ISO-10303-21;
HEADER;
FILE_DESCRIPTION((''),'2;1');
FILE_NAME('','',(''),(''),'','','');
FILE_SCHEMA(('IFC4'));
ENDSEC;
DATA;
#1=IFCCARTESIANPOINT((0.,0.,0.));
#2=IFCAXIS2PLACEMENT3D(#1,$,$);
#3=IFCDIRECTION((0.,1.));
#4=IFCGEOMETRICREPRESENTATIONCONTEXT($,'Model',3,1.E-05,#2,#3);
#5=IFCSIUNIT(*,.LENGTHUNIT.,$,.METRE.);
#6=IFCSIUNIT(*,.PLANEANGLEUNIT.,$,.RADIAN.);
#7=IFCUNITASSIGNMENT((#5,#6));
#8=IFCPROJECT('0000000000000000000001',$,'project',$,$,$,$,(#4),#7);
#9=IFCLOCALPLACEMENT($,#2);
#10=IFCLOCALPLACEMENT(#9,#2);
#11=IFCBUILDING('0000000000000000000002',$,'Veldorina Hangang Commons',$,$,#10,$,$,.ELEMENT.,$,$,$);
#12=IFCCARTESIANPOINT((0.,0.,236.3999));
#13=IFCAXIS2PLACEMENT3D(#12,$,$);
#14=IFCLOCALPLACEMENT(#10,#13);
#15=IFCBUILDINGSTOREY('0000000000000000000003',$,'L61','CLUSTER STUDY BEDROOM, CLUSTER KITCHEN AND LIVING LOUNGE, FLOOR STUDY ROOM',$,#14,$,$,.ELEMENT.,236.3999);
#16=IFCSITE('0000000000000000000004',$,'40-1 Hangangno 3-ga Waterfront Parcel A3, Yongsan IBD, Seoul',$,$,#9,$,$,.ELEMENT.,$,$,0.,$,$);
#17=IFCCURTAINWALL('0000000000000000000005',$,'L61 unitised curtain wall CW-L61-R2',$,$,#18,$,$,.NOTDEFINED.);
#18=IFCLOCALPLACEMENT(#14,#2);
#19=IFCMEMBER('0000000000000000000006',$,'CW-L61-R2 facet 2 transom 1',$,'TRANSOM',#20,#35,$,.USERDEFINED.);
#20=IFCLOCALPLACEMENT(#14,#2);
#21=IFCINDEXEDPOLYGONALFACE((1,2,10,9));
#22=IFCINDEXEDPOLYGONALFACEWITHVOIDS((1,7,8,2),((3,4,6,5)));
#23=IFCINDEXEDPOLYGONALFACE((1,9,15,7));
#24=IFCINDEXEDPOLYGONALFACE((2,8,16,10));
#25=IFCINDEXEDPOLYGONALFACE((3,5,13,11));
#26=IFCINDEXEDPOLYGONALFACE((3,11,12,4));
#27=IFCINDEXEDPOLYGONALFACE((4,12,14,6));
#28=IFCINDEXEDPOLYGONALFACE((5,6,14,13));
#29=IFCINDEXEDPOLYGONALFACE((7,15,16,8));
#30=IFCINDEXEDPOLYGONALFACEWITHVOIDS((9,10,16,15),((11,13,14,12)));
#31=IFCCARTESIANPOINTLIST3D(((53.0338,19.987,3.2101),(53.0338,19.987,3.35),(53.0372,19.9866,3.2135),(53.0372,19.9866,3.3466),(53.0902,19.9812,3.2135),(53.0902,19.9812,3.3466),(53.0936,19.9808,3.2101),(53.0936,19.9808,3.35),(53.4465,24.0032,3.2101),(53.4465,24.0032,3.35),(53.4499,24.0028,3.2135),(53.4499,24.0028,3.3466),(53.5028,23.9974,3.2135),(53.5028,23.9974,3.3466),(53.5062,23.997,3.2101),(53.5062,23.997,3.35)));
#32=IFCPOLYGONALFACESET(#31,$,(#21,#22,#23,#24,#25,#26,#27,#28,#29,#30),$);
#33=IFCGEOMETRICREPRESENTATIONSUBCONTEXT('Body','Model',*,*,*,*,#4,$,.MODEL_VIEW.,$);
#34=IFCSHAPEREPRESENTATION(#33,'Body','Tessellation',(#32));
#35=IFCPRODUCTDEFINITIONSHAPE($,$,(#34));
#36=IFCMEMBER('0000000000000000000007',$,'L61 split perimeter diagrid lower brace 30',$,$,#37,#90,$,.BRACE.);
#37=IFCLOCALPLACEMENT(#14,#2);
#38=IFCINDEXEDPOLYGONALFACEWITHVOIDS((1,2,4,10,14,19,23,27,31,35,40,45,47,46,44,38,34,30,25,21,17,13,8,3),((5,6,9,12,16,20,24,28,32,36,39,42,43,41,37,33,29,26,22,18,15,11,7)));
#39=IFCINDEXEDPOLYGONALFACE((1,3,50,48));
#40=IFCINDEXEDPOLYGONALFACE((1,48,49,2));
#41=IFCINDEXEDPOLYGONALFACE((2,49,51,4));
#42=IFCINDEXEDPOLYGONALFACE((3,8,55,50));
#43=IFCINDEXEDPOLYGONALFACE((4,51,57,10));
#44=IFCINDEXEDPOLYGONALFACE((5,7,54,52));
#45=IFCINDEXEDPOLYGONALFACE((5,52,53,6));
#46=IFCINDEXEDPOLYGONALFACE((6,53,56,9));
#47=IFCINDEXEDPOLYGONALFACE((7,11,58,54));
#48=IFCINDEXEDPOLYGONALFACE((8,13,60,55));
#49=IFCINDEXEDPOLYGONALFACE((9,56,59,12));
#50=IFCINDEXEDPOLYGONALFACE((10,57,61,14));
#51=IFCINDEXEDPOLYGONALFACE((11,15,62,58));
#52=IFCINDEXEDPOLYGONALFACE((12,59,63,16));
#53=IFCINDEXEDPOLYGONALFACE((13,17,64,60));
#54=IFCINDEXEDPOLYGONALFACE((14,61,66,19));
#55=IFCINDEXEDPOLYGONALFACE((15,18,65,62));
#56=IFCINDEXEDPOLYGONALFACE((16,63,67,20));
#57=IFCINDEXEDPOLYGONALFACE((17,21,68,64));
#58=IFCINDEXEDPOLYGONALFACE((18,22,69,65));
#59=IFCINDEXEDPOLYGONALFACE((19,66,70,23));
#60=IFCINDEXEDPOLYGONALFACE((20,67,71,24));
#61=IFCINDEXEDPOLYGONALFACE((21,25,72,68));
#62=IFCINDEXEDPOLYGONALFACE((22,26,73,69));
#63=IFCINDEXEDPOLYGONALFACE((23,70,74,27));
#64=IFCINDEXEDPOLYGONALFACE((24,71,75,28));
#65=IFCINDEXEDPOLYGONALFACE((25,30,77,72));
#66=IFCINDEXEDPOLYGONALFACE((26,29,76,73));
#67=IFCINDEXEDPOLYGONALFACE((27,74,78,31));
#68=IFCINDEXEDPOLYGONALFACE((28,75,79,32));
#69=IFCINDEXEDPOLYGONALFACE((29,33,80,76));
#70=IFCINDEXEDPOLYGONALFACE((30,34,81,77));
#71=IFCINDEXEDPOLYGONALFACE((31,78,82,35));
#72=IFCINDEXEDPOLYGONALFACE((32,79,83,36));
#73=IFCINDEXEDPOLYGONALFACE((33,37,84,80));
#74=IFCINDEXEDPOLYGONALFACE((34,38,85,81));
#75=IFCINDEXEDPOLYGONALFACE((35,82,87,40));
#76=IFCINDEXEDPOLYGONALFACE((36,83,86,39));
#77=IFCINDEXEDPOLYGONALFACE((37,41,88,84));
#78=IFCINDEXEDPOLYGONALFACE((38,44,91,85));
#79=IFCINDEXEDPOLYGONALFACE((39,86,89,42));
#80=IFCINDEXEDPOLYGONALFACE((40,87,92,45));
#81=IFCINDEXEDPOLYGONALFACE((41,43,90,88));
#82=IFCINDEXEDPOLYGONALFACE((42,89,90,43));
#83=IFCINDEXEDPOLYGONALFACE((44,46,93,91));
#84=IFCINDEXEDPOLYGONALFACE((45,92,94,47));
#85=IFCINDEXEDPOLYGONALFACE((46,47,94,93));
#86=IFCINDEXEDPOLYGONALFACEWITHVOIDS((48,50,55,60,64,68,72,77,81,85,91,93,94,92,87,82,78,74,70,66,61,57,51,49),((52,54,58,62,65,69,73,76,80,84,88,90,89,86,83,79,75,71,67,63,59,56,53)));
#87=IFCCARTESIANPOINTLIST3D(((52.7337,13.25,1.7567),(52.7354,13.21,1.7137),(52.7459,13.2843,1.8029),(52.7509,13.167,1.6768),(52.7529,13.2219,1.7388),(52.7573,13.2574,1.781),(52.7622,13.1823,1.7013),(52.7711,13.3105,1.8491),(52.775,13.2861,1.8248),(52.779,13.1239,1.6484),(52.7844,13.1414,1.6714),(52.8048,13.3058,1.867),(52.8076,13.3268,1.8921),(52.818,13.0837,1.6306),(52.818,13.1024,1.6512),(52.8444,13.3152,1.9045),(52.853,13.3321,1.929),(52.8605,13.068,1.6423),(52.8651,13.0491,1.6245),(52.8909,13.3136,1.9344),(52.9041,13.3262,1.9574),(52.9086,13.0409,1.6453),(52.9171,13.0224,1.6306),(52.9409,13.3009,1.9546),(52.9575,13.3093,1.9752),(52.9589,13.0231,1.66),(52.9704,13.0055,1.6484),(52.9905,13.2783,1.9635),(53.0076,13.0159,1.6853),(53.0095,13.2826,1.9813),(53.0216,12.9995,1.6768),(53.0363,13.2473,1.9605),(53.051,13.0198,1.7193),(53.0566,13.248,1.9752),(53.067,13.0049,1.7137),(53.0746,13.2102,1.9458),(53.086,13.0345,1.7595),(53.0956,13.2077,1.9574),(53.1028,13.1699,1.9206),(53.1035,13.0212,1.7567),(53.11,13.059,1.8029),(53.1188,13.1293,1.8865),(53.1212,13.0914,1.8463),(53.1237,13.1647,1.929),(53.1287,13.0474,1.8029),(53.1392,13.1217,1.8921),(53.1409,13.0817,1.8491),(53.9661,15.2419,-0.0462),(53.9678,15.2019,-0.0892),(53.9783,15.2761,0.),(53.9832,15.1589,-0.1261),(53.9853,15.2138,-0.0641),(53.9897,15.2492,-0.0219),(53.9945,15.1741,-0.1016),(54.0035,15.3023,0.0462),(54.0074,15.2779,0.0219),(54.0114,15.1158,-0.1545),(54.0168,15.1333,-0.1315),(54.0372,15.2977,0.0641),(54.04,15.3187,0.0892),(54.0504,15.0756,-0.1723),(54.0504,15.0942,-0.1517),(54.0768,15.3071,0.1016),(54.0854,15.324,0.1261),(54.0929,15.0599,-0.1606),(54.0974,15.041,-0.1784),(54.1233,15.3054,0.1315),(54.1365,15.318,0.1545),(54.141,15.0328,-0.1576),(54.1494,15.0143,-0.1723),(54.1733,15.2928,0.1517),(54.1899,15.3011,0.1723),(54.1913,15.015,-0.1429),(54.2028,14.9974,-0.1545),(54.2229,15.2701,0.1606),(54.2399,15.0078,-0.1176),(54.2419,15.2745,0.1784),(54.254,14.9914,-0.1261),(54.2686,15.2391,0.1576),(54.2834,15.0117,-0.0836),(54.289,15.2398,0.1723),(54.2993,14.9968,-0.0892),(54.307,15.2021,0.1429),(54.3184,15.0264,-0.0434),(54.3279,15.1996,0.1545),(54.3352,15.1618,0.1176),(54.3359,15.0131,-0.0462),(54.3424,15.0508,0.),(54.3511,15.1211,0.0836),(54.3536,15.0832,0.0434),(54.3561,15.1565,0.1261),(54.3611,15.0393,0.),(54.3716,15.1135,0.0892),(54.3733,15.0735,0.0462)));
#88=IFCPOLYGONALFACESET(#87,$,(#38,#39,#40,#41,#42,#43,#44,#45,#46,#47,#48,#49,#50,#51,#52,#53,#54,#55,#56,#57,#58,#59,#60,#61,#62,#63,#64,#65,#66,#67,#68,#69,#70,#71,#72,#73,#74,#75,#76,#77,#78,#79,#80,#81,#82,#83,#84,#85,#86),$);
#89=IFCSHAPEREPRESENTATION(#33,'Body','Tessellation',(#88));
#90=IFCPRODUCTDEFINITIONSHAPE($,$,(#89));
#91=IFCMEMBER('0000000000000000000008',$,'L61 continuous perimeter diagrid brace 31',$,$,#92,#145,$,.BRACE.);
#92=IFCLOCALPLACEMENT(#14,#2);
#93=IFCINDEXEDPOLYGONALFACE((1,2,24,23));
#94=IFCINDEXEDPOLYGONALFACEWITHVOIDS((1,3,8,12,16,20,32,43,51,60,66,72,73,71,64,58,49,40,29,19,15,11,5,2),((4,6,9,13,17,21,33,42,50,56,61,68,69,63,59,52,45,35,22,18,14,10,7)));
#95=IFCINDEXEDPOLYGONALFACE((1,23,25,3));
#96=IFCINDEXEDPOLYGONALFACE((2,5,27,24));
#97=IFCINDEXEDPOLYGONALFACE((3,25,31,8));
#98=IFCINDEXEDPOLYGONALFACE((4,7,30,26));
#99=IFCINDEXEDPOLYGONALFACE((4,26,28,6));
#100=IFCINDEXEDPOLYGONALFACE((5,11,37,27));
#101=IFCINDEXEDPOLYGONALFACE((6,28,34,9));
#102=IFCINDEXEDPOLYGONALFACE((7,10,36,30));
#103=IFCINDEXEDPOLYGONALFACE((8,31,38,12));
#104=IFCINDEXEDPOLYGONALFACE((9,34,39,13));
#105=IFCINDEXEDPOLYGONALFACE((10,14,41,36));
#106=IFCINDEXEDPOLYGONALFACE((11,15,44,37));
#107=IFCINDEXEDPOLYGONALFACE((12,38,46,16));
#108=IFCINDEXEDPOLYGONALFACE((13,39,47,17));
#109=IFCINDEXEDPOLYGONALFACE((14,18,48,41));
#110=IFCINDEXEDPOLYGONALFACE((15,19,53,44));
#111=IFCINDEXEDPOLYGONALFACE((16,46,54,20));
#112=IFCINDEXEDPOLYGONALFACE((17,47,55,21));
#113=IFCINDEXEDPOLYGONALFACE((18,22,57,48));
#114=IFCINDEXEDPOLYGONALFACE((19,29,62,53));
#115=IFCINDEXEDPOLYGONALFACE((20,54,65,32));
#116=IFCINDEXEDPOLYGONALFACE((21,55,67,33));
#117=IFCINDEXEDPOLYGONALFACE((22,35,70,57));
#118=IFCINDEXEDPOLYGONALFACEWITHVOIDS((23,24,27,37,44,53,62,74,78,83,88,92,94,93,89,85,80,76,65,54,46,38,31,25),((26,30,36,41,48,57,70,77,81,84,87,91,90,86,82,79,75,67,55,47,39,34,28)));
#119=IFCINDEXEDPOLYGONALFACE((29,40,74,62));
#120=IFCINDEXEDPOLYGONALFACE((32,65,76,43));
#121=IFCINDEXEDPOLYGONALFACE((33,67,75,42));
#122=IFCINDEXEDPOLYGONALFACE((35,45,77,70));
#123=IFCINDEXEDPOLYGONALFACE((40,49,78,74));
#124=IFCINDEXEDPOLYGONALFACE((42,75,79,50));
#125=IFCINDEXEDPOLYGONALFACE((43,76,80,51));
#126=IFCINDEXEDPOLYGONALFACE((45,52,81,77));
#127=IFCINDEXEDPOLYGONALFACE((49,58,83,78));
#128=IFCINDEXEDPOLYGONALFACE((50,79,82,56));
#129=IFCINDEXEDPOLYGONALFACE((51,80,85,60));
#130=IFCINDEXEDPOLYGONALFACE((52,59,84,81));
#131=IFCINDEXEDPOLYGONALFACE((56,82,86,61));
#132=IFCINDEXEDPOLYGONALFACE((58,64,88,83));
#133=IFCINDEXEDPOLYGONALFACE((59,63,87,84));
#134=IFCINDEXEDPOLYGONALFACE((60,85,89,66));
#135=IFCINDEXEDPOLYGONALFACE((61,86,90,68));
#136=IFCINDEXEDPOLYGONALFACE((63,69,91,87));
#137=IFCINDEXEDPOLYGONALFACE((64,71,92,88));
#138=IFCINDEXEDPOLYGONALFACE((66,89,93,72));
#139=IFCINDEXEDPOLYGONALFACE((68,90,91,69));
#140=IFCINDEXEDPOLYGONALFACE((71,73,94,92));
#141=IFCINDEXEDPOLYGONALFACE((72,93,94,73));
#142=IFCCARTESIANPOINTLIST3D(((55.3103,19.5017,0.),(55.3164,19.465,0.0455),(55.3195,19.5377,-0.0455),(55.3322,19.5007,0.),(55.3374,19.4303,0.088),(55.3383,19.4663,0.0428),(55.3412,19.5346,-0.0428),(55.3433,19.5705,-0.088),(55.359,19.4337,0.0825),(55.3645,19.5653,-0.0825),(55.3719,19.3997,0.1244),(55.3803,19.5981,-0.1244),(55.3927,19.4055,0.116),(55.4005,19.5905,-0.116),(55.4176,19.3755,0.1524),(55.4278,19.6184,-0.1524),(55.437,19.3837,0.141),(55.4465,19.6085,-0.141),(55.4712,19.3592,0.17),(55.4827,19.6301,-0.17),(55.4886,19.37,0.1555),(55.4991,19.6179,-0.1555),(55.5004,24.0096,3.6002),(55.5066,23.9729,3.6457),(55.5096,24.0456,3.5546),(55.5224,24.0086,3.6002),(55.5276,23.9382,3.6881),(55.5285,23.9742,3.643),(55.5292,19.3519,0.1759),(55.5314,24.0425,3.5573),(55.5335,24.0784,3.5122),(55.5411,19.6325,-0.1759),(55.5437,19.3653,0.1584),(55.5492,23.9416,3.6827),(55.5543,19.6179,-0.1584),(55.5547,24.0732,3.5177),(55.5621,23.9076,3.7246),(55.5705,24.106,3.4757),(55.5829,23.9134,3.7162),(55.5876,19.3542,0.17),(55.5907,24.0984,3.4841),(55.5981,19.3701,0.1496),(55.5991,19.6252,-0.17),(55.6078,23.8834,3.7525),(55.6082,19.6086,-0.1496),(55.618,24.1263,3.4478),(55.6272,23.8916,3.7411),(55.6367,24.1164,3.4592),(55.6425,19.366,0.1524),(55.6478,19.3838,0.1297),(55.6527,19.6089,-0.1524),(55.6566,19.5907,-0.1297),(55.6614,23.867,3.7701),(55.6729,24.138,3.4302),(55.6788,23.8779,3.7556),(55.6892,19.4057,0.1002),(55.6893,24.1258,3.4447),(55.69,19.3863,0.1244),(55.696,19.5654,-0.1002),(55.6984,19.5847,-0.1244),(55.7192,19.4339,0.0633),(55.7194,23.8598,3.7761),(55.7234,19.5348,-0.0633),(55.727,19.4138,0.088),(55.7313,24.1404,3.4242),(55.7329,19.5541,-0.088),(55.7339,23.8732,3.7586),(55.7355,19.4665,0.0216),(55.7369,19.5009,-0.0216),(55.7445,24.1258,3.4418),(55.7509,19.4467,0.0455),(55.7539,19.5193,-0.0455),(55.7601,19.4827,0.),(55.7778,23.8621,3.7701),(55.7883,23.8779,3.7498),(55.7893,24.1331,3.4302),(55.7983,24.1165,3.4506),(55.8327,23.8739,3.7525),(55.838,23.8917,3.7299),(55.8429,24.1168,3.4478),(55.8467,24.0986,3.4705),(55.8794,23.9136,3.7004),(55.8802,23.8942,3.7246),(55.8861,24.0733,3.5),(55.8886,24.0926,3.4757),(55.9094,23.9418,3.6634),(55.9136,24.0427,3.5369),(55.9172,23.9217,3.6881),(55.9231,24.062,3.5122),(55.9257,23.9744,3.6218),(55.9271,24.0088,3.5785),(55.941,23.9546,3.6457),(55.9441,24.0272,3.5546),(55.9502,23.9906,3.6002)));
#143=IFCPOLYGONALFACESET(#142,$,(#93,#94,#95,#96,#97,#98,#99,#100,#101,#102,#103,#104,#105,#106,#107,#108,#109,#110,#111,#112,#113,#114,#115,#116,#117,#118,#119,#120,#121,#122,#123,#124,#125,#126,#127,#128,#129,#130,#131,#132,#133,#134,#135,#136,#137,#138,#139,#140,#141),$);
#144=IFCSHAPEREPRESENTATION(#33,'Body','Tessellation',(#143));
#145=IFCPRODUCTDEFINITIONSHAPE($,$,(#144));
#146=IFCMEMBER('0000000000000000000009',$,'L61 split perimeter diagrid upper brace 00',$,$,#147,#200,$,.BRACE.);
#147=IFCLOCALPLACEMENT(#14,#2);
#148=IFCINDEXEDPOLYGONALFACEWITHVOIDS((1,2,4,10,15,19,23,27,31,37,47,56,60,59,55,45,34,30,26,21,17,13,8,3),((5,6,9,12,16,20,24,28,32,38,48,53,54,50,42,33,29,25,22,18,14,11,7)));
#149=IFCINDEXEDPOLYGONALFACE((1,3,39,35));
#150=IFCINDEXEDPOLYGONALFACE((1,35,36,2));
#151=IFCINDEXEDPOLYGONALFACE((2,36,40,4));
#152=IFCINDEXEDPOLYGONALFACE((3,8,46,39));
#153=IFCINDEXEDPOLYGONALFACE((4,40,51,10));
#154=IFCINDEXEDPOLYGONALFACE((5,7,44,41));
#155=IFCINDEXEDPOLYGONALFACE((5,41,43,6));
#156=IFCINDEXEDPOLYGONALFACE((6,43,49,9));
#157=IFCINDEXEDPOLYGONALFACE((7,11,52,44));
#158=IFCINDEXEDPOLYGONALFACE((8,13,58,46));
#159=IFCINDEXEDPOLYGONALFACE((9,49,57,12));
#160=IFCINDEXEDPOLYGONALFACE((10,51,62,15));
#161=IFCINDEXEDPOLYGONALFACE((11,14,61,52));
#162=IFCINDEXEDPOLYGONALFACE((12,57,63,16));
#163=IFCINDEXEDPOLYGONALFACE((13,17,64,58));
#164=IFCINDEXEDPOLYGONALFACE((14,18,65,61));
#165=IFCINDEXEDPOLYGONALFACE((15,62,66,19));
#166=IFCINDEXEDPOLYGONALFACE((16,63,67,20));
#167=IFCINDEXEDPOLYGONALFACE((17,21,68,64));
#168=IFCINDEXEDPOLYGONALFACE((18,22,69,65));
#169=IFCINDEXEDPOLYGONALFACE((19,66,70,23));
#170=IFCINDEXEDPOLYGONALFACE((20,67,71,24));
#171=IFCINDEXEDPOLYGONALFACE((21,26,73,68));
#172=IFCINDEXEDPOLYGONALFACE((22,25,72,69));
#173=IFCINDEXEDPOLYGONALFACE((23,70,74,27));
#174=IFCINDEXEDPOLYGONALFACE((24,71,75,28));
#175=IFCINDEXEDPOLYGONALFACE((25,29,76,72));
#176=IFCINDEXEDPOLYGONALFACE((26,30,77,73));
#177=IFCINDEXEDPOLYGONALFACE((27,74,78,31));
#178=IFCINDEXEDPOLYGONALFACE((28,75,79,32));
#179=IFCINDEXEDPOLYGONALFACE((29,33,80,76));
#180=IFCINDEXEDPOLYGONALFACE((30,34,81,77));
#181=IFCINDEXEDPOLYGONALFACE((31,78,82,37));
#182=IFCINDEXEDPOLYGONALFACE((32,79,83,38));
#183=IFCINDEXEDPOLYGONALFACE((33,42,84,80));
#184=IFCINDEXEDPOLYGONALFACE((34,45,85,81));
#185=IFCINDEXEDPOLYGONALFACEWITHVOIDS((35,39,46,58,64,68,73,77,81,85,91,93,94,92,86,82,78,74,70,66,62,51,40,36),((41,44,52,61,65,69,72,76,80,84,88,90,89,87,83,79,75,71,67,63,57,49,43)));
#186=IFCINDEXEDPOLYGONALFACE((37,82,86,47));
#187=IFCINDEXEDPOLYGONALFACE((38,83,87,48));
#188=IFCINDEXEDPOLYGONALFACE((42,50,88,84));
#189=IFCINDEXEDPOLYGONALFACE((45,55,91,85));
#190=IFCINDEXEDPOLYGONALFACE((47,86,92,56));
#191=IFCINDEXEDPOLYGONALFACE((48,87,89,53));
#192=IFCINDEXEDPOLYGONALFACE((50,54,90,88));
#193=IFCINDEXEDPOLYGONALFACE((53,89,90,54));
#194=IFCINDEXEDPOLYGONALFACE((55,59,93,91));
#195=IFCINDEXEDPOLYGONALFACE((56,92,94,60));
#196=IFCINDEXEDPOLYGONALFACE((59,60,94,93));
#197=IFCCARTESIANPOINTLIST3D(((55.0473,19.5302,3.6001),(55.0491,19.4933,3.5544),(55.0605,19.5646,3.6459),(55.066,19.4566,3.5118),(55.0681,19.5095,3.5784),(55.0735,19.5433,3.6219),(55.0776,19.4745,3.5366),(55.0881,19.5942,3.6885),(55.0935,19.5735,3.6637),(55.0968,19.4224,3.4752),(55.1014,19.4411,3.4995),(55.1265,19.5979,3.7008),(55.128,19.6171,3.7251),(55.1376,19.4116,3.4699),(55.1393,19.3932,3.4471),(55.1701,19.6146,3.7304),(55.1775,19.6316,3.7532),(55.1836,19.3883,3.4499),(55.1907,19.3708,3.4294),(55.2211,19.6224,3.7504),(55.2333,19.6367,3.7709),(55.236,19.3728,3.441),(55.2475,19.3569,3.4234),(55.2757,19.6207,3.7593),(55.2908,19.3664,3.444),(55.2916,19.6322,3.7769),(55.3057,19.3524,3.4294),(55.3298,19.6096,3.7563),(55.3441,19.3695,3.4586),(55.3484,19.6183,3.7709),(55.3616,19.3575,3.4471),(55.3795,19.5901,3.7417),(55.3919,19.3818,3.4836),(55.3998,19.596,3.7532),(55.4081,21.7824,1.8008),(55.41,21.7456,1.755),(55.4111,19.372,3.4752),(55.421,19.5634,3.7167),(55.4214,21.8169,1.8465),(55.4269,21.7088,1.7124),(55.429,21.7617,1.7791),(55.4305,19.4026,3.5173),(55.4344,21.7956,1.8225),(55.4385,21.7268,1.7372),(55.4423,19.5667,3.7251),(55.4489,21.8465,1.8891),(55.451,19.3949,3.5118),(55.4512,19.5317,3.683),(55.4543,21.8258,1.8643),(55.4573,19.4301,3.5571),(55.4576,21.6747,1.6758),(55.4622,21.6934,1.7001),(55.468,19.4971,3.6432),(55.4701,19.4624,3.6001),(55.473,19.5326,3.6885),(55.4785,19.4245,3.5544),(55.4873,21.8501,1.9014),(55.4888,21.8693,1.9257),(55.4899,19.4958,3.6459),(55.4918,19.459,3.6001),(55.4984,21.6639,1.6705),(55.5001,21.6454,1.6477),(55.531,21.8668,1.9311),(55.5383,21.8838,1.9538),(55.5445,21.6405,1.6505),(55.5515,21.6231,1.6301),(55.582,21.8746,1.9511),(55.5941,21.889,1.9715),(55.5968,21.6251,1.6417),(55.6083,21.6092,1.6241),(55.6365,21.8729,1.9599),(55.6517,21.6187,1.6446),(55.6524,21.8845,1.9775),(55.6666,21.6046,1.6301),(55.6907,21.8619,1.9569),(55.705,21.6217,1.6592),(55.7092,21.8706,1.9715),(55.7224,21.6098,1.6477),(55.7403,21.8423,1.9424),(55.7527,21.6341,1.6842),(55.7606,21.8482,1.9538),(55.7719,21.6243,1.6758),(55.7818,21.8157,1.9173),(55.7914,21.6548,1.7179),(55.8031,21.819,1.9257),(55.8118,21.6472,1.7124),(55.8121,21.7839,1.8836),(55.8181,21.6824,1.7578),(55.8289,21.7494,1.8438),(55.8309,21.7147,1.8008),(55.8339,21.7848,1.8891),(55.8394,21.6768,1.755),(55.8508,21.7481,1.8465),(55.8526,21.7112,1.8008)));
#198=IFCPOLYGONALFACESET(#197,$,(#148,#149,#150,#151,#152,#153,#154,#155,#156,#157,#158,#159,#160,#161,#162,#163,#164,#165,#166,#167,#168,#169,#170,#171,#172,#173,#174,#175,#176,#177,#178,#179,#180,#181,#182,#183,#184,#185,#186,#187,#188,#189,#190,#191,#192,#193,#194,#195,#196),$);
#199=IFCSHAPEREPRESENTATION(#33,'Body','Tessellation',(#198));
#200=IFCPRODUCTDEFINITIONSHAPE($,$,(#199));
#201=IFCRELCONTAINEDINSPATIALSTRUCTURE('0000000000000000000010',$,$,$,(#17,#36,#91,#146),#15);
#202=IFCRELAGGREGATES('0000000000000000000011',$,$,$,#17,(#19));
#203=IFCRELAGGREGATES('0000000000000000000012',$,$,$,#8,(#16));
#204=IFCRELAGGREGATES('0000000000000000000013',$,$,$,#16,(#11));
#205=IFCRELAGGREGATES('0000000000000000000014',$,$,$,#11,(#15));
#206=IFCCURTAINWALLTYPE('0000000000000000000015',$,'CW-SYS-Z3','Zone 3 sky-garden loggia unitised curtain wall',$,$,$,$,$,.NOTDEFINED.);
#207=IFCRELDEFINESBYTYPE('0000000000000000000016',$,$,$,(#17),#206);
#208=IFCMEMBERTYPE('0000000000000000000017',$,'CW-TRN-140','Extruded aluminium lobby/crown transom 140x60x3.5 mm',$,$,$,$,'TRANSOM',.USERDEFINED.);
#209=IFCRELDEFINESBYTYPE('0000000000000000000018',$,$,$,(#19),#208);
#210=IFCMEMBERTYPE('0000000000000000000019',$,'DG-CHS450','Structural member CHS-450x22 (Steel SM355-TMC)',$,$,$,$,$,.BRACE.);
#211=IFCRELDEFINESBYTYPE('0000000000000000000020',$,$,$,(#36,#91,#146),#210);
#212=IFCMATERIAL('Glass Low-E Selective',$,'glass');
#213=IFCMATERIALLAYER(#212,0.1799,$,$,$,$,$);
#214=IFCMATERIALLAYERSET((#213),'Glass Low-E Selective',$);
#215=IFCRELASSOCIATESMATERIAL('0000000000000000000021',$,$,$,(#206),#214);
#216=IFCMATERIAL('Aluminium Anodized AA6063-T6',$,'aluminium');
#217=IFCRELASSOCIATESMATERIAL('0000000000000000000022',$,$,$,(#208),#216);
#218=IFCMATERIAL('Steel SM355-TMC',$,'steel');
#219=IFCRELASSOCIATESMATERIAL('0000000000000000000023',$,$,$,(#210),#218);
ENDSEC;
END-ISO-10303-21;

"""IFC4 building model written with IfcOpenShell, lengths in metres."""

from ifc_helpers import new_model, si_unit, direction, frame, origin, origin_2d, place, context, subcontext, project, spatial, hollow_rectangle, hollow_circle, extrude, material, layer, layer_set, material_profile, profile_set, type_object, element, aggregate, save


model = new_model("IFC4")

# Units and contexts
model_context = context("Model", 3, precision=1e-05, world=origin(), true_north=direction((0.0, 1.0)))
body_context = subcontext(model_context, "Body", "Model", "MODEL_VIEW")
ifc_project = project(units=[si_unit("LENGTHUNIT", "METRE"), si_unit("PLANEANGLEUNIT", "RADIAN")], contexts=[model_context])

# Site, building, storey
site_placement = place(None, origin())
site = spatial("IfcSite", under=ifc_project, at=site_placement, Name="40-1 Hangangno 3-ga Waterfront Parcel A3, Yongsan IBD, Seoul", CompositionType="ELEMENT", RefElevation=0.0)
building_placement = place(site_placement, origin())
building = spatial("IfcBuilding", under=site, at=building_placement, Name="Veldorina Hangang Commons", CompositionType="ELEMENT")
storey_placement = place(building_placement, frame((0.0, 0.0, 236.3999)))
storey = spatial("IfcBuildingStorey", under=building, at=storey_placement, Name="L61", Description="CLUSTER STUDY BEDROOM, CLUSTER KITCHEN AND LIVING LOUNGE, FLOOR STUDY ROOM", CompositionType="ELEMENT", Elevation=236.3999)

# Shared definitions
ifc_material_1 = material(Name="Steel SM355-TMC", Category="steel")

# Curtain wall, member
ifc_material_2 = material(Name="Glass Low-E Selective", Category="glass")
ifc_layer_1 = layer(ifc_material_2, 0.1799)
ifc_layer_set_1 = layer_set([ifc_layer_1], Name="Glass Low-E Selective")
curtain_wall_type = type_object("IfcCurtainWallType", Name="CW-SYS-Z3", Description="Zone 3 sky-garden loggia unitised curtain wall", PredefinedType="NOTDEFINED", material=ifc_layer_set_1)
curtain_wall_placement = place(storey_placement, origin())
curtain_wall = element("IfcCurtainWall", 1, at=curtain_wall_placement, inside=storey, type_object=curtain_wall_type, Name="L61 unitised curtain wall CW-L61-R2", PredefinedType="NOTDEFINED")
ifc_material_3 = material(Name="Aluminium Anodized AA6063-T6", Category="aluminium")
ifc_material_profile_1 = material_profile(ifc_material_3, hollow_rectangle(XDim=0.0601, YDim=0.1399, WallThickness=0.0034, at=origin_2d()), Name="ALU-RHS-140x60x3.5")
ifc_profile_set_1 = profile_set([ifc_material_profile_1], Name="Aluminium Anodized AA6063-T6")
member_type_1 = type_object("IfcMemberType", Name="CW-TRN-140", Description="Extruded aluminium lobby/crown transom 140x60x3.5 mm", ElementType="TRANSOM", PredefinedType="USERDEFINED", material=ifc_profile_set_1)
member_1_placement = place(storey_placement, frame((53.0637, 19.9839, 3.28), z_axis=(0.102198, 0.994764, 0.0), x_axis=(-0.994764, 0.102198, 0.0)))
member_1 = element("IfcMember", 2, at=member_1_placement, type_object=member_type_1, Name="CW-L61-R2 facet 2 transom 1", ObjectType="TRANSOM", PredefinedType="USERDEFINED", context=body_context, shape_type="SweptSolid", body=[
    extrude(hollow_rectangle(XDim=0.0601, YDim=0.1399, WallThickness=0.0034, at=origin_2d()), origin(), (0.0, 0.0, 1.0), 4.0374),
])

# Members
ifc_material_profile_2 = material_profile(ifc_material_1, hollow_circle(Radius=0.2251, WallThickness=0.022, at=origin_2d()), Name="CHS-450x22")
ifc_profile_set_2 = profile_set([ifc_material_profile_2], Name="Steel SM355-TMC")
member_type_2 = type_object("IfcMemberType", Name="DG-CHS450", Description="Structural member CHS-450x22 (Steel SM355-TMC)", PredefinedType="BRACE", material=ifc_profile_set_2)
member_2_placement = place(storey_placement, frame((54.1697, 15.1577, 0.0), z_axis=(-0.416934, -0.673884, 0.609956), x_axis=(0.850396, -0.526143, 0.0)))
element("IfcMember", 3, at=member_2_placement, inside=storey, type_object=member_type_2, Name="L61 split perimeter diagrid lower brace 30", PredefinedType="BRACE", context=body_context, shape_type="SweptSolid", body=[
    extrude(hollow_circle(Radius=0.2251, WallThickness=0.022, at=origin_2d()), origin(), (0.0, 0.0, 1.0), 2.9558),
])
member_3_placement = place(storey_placement, frame((55.5352, 19.4922, 0.0), z_axis=(0.032949, 0.780964, 0.623706), x_axis=(-0.999111, 0.042153, 0.0)))
element("IfcMember", 4, at=member_3_placement, inside=storey, type_object=member_type_2, Name="L61 continuous perimeter diagrid brace 31", PredefinedType="BRACE", context=body_context, shape_type="SweptSolid", body=[
    extrude(hollow_circle(Radius=0.2251, WallThickness=0.022, at=origin_2d()), origin(), (0.0, 0.0, 1.0), 5.7722),
])
member_4_placement = place(storey_placement, frame((55.6304, 21.7468, 1.8008), z_axis=(-0.124205, -0.775232, 0.619345), x_axis=(0.987407, -0.158199, 0.0)))
element("IfcMember", 5, at=member_4_placement, inside=storey, type_object=member_type_2, Name="L61 split perimeter diagrid upper brace 00", PredefinedType="BRACE", context=body_context, shape_type="SweptSolid", body=[
    extrude(hollow_circle(Radius=0.2251, WallThickness=0.022, at=origin_2d()), origin(), (0.0, 0.0, 1.0), 2.9053),
])

aggregate(curtain_wall, [member_1])

save(model, "model.ifc")
